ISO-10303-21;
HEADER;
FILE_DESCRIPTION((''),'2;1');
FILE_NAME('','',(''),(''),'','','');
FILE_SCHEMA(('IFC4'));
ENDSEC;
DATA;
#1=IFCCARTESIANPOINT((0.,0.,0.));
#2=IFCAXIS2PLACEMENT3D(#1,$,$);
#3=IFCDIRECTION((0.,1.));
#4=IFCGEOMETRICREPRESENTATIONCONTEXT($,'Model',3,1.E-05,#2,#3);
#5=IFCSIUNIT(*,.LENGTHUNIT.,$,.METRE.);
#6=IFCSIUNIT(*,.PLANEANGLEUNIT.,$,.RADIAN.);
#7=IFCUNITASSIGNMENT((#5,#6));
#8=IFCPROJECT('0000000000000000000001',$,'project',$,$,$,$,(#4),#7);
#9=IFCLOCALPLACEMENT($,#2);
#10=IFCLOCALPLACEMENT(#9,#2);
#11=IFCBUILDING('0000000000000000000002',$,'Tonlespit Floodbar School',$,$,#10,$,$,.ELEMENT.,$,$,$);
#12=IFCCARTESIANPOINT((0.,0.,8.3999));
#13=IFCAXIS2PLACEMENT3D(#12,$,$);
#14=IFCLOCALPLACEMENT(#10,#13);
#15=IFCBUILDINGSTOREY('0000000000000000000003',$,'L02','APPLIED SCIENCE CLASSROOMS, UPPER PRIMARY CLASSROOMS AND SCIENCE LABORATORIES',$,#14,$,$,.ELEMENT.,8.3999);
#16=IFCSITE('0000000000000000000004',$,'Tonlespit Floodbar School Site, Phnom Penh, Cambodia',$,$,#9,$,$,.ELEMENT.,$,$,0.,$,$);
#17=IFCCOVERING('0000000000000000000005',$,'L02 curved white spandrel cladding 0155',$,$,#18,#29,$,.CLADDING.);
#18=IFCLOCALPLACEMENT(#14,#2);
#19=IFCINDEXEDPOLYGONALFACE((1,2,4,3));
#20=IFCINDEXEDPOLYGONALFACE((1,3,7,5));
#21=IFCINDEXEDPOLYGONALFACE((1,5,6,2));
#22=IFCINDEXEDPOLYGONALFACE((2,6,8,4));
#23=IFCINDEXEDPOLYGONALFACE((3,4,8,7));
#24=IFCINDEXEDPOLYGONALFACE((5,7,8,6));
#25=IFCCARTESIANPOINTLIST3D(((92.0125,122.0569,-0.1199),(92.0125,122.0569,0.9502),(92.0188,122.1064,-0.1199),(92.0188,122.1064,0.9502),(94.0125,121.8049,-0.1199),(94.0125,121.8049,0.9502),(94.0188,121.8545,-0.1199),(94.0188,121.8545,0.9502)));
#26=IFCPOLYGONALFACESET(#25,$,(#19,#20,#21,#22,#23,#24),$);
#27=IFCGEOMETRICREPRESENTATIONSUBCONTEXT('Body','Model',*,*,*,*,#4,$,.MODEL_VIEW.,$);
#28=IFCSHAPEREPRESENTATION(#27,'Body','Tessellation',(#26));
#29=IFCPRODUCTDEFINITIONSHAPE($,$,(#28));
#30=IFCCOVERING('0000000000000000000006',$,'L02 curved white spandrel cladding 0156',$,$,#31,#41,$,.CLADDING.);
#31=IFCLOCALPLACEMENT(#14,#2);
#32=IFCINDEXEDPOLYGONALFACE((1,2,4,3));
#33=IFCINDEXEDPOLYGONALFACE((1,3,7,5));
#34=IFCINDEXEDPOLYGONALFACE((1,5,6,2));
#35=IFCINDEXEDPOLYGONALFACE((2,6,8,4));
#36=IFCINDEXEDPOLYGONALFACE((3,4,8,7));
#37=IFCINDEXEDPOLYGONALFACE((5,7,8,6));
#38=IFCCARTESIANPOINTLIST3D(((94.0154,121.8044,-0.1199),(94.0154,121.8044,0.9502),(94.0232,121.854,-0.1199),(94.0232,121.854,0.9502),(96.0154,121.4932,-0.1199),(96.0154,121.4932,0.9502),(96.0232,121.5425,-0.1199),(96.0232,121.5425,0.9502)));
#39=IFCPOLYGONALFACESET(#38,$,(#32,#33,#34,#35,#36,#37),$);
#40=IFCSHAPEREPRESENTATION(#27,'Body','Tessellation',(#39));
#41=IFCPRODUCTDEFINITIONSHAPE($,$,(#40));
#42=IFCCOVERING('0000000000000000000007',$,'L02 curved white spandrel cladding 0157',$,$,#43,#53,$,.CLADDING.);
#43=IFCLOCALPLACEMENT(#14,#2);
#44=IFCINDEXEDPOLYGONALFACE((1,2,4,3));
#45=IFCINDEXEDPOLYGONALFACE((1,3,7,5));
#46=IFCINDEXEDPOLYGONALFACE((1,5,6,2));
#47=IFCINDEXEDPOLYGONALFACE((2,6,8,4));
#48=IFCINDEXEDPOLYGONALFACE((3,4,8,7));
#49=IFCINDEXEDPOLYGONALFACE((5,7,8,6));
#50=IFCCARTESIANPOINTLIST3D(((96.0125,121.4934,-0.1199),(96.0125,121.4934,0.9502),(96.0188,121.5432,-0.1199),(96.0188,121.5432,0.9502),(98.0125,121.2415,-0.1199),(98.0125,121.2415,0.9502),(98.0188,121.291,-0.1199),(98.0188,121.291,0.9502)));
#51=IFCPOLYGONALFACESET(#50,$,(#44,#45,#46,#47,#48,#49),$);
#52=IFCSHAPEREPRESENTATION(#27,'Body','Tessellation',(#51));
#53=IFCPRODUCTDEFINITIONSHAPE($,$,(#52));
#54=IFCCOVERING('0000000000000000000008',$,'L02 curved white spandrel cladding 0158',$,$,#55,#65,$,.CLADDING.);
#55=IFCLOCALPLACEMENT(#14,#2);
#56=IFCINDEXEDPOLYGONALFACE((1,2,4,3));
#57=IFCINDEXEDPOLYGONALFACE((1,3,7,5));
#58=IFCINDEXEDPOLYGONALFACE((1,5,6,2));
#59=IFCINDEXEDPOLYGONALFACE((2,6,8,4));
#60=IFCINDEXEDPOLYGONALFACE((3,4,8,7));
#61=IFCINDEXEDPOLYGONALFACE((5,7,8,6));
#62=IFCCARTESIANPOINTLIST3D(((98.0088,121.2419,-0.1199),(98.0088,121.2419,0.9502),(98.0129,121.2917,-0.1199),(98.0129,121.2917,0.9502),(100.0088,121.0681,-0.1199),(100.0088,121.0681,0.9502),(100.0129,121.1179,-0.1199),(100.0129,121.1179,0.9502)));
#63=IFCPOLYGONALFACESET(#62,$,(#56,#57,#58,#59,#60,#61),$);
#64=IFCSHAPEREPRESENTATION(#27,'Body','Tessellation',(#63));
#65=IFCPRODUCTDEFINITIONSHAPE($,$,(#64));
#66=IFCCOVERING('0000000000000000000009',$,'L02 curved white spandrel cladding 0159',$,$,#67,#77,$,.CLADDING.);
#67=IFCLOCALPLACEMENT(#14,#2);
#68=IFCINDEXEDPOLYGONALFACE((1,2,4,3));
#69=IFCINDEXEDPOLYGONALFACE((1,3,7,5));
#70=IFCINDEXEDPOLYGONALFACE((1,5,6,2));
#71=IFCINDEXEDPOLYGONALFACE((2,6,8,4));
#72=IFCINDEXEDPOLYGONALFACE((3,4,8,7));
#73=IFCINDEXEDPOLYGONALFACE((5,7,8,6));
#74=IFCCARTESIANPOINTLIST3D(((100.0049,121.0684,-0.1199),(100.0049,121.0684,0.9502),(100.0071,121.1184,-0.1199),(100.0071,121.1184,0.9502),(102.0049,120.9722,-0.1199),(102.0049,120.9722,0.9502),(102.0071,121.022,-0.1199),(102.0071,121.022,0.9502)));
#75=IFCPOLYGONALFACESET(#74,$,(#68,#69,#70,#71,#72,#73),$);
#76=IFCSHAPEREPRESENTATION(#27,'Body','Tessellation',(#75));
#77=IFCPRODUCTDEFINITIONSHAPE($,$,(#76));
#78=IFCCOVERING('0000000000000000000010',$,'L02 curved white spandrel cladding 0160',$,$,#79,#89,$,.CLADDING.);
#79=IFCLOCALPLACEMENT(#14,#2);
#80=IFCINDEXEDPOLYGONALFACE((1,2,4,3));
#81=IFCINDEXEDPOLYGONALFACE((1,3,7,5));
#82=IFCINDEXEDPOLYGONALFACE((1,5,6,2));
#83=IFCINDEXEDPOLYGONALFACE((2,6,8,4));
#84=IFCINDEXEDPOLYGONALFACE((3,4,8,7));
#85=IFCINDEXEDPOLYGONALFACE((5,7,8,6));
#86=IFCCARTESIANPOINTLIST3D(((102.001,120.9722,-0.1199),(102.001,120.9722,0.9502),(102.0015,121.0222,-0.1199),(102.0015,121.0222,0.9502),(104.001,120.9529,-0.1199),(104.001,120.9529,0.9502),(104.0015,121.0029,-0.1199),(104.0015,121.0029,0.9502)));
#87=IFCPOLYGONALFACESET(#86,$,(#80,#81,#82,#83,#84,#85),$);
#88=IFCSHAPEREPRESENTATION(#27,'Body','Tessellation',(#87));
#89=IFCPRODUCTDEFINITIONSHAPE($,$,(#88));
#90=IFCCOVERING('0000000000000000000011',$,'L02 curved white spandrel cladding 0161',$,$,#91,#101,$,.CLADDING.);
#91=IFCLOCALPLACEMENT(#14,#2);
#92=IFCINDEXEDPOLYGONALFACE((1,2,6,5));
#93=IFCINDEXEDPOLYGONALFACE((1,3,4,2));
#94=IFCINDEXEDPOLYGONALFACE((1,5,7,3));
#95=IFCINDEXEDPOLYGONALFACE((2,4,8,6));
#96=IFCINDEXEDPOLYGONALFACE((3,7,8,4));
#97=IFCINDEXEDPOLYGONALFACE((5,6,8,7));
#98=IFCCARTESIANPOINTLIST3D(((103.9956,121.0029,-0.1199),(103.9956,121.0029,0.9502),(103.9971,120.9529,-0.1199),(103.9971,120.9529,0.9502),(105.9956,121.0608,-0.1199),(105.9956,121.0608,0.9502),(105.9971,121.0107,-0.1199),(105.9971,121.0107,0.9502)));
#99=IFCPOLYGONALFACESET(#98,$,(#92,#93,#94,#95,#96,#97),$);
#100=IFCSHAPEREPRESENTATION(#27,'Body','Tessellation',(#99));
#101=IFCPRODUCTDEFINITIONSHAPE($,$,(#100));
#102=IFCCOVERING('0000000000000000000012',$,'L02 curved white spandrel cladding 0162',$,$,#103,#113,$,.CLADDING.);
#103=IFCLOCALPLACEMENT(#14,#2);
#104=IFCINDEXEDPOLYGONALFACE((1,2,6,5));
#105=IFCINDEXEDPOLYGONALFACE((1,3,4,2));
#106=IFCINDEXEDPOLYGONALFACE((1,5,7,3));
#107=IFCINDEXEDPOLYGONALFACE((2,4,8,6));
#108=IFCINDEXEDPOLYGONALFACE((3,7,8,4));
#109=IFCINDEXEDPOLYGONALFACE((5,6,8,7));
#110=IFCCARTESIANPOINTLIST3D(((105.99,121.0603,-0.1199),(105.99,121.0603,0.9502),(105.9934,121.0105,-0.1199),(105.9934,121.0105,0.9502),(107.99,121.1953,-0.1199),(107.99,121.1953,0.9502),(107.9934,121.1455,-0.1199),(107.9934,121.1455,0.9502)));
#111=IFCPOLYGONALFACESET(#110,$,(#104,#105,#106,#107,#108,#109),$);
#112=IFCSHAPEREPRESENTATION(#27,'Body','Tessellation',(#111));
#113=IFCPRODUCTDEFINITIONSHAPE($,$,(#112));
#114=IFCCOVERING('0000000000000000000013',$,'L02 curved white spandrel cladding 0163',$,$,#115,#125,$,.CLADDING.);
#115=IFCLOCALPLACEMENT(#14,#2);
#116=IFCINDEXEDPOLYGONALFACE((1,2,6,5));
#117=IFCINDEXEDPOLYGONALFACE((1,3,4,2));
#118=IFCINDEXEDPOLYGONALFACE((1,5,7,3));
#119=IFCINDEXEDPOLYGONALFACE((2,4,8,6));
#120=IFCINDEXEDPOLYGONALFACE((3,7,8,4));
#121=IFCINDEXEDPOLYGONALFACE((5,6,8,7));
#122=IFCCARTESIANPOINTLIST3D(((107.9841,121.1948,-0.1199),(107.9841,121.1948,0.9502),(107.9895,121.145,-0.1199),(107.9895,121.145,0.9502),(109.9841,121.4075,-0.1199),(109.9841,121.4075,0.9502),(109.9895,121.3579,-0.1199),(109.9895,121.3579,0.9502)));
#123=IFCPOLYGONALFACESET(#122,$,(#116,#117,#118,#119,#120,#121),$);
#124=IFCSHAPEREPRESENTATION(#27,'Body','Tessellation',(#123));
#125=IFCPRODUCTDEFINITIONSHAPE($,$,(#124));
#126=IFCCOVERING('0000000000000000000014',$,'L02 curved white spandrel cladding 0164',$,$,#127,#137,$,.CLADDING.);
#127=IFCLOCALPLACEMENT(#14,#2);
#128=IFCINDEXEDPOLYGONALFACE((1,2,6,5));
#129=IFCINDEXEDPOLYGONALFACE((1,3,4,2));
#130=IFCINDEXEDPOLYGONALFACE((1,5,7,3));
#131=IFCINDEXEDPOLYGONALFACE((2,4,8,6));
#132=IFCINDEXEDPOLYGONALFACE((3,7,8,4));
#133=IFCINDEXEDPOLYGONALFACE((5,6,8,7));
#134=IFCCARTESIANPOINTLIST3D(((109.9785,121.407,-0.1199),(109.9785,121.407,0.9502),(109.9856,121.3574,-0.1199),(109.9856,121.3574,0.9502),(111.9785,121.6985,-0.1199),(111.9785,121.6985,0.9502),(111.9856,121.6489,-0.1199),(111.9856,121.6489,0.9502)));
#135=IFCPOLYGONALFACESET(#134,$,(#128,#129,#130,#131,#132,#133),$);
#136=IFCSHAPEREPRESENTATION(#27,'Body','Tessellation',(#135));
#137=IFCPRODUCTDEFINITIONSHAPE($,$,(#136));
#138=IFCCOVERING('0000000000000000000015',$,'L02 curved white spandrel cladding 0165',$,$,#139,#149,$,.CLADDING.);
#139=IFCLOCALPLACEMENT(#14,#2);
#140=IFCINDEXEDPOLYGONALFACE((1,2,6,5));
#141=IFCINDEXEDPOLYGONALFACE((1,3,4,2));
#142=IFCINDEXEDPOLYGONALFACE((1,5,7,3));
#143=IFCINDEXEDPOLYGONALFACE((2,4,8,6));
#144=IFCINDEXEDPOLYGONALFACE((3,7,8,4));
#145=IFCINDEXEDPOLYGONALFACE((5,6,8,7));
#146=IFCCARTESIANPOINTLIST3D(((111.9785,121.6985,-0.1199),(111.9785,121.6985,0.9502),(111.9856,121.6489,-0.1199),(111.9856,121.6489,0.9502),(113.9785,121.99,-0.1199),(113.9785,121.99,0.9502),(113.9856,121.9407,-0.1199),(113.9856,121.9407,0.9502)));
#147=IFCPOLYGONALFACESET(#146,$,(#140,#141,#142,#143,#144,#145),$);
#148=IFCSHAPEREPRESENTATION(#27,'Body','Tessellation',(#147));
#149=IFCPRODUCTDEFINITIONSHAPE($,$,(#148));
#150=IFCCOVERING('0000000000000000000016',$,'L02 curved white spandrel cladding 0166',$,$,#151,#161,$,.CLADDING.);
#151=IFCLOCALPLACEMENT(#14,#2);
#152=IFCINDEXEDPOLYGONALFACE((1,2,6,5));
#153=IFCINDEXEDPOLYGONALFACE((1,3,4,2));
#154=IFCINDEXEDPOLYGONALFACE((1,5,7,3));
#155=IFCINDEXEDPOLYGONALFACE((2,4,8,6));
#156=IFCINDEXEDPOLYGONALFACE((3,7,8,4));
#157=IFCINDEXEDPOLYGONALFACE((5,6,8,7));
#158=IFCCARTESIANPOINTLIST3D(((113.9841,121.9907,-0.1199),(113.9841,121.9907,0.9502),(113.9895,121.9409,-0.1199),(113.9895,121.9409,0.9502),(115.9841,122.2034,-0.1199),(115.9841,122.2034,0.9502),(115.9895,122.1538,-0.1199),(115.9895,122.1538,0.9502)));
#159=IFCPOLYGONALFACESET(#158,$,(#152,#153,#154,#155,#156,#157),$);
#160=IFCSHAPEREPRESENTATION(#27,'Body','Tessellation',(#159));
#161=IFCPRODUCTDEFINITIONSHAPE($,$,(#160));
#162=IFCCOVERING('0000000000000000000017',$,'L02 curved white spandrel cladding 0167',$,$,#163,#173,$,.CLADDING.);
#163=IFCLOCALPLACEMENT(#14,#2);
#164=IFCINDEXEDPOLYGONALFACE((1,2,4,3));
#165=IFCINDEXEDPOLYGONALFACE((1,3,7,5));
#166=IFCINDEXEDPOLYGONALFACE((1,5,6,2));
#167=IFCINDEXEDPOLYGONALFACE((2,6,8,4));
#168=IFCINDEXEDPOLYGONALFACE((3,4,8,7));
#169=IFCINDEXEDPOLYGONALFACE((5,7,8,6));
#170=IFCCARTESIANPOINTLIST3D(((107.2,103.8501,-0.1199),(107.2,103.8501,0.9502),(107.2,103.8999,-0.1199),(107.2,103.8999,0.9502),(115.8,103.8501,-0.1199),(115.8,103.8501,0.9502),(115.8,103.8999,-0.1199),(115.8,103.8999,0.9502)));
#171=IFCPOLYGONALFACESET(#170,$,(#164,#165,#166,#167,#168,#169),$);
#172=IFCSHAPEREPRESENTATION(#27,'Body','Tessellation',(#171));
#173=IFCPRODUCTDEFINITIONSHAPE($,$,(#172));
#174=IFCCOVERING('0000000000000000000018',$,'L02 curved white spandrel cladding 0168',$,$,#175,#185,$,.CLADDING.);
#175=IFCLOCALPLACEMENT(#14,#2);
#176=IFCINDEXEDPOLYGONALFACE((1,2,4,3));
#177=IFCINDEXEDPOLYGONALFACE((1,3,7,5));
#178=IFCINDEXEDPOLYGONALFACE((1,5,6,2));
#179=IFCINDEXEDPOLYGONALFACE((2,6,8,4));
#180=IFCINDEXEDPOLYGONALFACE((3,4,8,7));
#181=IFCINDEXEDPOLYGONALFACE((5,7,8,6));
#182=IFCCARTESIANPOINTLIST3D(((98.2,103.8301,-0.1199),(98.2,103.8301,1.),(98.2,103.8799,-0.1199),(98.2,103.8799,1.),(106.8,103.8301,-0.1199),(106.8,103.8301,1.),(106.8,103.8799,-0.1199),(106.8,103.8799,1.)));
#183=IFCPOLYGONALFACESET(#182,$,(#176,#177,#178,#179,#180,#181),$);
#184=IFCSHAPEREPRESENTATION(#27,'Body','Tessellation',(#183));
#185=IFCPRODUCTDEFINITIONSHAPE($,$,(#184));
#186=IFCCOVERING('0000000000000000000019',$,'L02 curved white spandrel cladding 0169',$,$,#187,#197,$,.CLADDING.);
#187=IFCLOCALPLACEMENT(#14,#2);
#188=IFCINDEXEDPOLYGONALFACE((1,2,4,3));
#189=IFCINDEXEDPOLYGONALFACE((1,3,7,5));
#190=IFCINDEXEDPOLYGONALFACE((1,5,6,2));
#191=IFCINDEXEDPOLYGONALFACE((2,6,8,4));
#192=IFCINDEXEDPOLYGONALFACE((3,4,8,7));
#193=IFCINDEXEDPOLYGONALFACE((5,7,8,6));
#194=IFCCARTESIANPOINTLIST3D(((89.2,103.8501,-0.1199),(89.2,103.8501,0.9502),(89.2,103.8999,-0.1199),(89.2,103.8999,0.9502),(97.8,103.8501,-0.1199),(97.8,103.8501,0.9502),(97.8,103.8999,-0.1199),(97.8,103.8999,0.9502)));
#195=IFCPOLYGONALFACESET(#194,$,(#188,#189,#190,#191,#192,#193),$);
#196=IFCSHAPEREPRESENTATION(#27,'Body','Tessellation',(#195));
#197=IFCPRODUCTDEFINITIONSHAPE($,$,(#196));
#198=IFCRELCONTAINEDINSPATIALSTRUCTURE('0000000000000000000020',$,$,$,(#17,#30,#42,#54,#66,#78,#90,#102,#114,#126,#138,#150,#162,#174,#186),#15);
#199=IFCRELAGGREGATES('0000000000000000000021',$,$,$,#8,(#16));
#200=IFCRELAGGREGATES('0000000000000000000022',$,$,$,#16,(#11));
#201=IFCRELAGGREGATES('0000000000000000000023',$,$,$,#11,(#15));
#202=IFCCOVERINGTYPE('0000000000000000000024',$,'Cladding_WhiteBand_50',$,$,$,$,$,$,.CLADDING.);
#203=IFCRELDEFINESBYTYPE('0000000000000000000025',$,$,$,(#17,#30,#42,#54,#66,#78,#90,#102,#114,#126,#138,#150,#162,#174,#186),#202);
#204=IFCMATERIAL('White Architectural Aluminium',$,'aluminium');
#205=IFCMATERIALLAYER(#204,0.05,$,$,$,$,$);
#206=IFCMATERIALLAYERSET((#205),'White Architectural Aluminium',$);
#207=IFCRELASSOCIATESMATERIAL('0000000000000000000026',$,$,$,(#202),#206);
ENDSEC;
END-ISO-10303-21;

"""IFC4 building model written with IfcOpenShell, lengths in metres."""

from ifc_helpers import new_model, si_unit, direction, frame, origin, place, context, subcontext, project, spatial, polyline, outline, extrude, material, layer, layer_set, type_object, element, save


model = new_model("IFC4")

# Units and contexts
model_context = context("Model", 3, precision=1e-05, world=origin(), true_north=direction((0.0, 1.0)))
body_context = subcontext(model_context, "Body", "Model", "MODEL_VIEW")
ifc_project = project(units=[si_unit("LENGTHUNIT", "METRE"), si_unit("PLANEANGLEUNIT", "RADIAN")], contexts=[model_context])

# Site, building, storey
site_placement = place(None, origin())
site = spatial("IfcSite", under=ifc_project, at=site_placement, Name="Tonlespit Floodbar School Site, Phnom Penh, Cambodia", CompositionType="ELEMENT", RefElevation=0.0)
building_placement = place(site_placement, origin())
building = spatial("IfcBuilding", under=site, at=building_placement, Name="Tonlespit Floodbar School", CompositionType="ELEMENT")
storey_placement = place(building_placement, frame((0.0, 0.0, 8.3999)))
storey = spatial("IfcBuildingStorey", under=building, at=storey_placement, Name="L02", Description="APPLIED SCIENCE CLASSROOMS, UPPER PRIMARY CLASSROOMS AND SCIENCE LABORATORIES", CompositionType="ELEMENT", Elevation=8.3999)

# Coverings
ifc_material = material(Name="White Architectural Aluminium", Category="aluminium")
ifc_layer = layer(ifc_material, 0.05)
ifc_layer_set = layer_set([ifc_layer], Name="White Architectural Aluminium")
covering_type = type_object("IfcCoveringType", Name="Cladding_WhiteBand_50", PredefinedType="CLADDING", material=ifc_layer_set)
covering_1_placement = place(storey_placement, frame((0.0, 0.0, -0.1199)))
element("IfcCovering", 1, at=covering_1_placement, inside=storey, type_object=covering_type, Name="L02 curved white spandrel cladding 0155", PredefinedType="CLADDING", context=body_context, shape_type="SweptSolid", body=[
    extrude(outline(polyline([(92.0125, 122.0569), (94.0125, 121.8049), (94.0188, 121.8545), (92.0188, 122.1064), (92.0125, 122.0569)])), origin(), (0.0, 0.0, 1.0), 1.0701),
])
covering_2_placement = place(storey_placement, frame((0.0, 0.0, -0.1199)))
element("IfcCovering", 2, at=covering_2_placement, inside=storey, type_object=covering_type, Name="L02 curved white spandrel cladding 0156", PredefinedType="CLADDING", context=body_context, shape_type="SweptSolid", body=[
    extrude(outline(polyline([(94.0154, 121.8044), (96.0154, 121.4932), (96.0232, 121.5425), (94.0232, 121.854), (94.0154, 121.8044)])), origin(), (0.0, 0.0, 1.0), 1.0701),
])
covering_3_placement = place(storey_placement, frame((0.0, 0.0, -0.1199)))
element("IfcCovering", 3, at=covering_3_placement, inside=storey, type_object=covering_type, Name="L02 curved white spandrel cladding 0157", PredefinedType="CLADDING", context=body_context, shape_type="SweptSolid", body=[
    extrude(outline(polyline([(96.0125, 121.4934), (98.0125, 121.2415), (98.0188, 121.291), (96.0188, 121.5432), (96.0125, 121.4934)])), origin(), (0.0, 0.0, 1.0), 1.0701),
])
covering_4_placement = place(storey_placement, frame((0.0, 0.0, -0.1199)))
element("IfcCovering", 4, at=covering_4_placement, inside=storey, type_object=covering_type, Name="L02 curved white spandrel cladding 0158", PredefinedType="CLADDING", context=body_context, shape_type="SweptSolid", body=[
    extrude(outline(polyline([(98.0088, 121.2419), (100.0088, 121.0681), (100.0129, 121.1179), (98.0129, 121.2917), (98.0088, 121.2419)])), origin(), (0.0, 0.0, 1.0), 1.0701),
])
covering_5_placement = place(storey_placement, frame((0.0, 0.0, -0.1199)))
element("IfcCovering", 5, at=covering_5_placement, inside=storey, type_object=covering_type, Name="L02 curved white spandrel cladding 0159", PredefinedType="CLADDING", context=body_context, shape_type="SweptSolid", body=[
    extrude(outline(polyline([(100.0049, 121.0684), (102.0049, 120.9722), (102.0071, 121.022), (100.0071, 121.1184), (100.0049, 121.0684)])), origin(), (0.0, 0.0, 1.0), 1.0701),
])
covering_6_placement = place(storey_placement, frame((0.0, 0.0, -0.1199)))
element("IfcCovering", 6, at=covering_6_placement, inside=storey, type_object=covering_type, Name="L02 curved white spandrel cladding 0160", PredefinedType="CLADDING", context=body_context, shape_type="SweptSolid", body=[
    extrude(outline(polyline([(102.001, 120.9722), (104.001, 120.9529), (104.0015, 121.0029), (102.0015, 121.0222), (102.001, 120.9722)])), origin(), (0.0, 0.0, 1.0), 1.0701),
])
covering_7_placement = place(storey_placement, frame((0.0, 0.0, -0.1199)))
element("IfcCovering", 7, at=covering_7_placement, inside=storey, type_object=covering_type, Name="L02 curved white spandrel cladding 0161", PredefinedType="CLADDING", context=body_context, shape_type="SweptSolid", body=[
    extrude(outline(polyline([(103.9971, 120.9529), (105.9971, 121.0107), (105.9956, 121.0608), (103.9956, 121.0029), (103.9971, 120.9529)])), origin(), (0.0, 0.0, 1.0), 1.0701),
])
covering_8_placement = place(storey_placement, frame((0.0, 0.0, -0.1199)))
element("IfcCovering", 8, at=covering_8_placement, inside=storey, type_object=covering_type, Name="L02 curved white spandrel cladding 0162", PredefinedType="CLADDING", context=body_context, shape_type="SweptSolid", body=[
    extrude(outline(polyline([(105.9934, 121.0105), (107.9934, 121.1455), (107.99, 121.1953), (105.99, 121.0603), (105.9934, 121.0105)])), origin(), (0.0, 0.0, 1.0), 1.0701),
])
covering_9_placement = place(storey_placement, frame((0.0, 0.0, -0.1199)))
element("IfcCovering", 9, at=covering_9_placement, inside=storey, type_object=covering_type, Name="L02 curved white spandrel cladding 0163", PredefinedType="CLADDING", context=body_context, shape_type="SweptSolid", body=[
    extrude(outline(polyline([(107.9895, 121.145), (109.9895, 121.3579), (109.9841, 121.4075), (107.9841, 121.1948), (107.9895, 121.145)])), origin(), (0.0, 0.0, 1.0), 1.0701),
])
covering_10_placement = place(storey_placement, frame((0.0, 0.0, -0.1199)))
element("IfcCovering", 10, at=covering_10_placement, inside=storey, type_object=covering_type, Name="L02 curved white spandrel cladding 0164", PredefinedType="CLADDING", context=body_context, shape_type="SweptSolid", body=[
    extrude(outline(polyline([(109.9856, 121.3574), (111.9856, 121.6489), (111.9785, 121.6985), (109.9785, 121.407), (109.9856, 121.3574)])), origin(), (0.0, 0.0, 1.0), 1.0701),
])
covering_11_placement = place(storey_placement, frame((0.0, 0.0, -0.1199)))
element("IfcCovering", 11, at=covering_11_placement, inside=storey, type_object=covering_type, Name="L02 curved white spandrel cladding 0165", PredefinedType="CLADDING", context=body_context, shape_type="SweptSolid", body=[
    extrude(outline(polyline([(111.9856, 121.6489), (113.9856, 121.9407), (113.9785, 121.99), (111.9785, 121.6985), (111.9856, 121.6489)])), origin(), (0.0, 0.0, 1.0), 1.0701),
])
covering_12_placement = place(storey_placement, frame((0.0, 0.0, -0.1199)))
element("IfcCovering", 12, at=covering_12_placement, inside=storey, type_object=covering_type, Name="L02 curved white spandrel cladding 0166", PredefinedType="CLADDING", context=body_context, shape_type="SweptSolid", body=[
    extrude(outline(polyline([(113.9895, 121.9409), (115.9895, 122.1538), (115.9841, 122.2034), (113.9841, 121.9907), (113.9895, 121.9409)])), origin(), (0.0, 0.0, 1.0), 1.0701),
])
covering_13_placement = place(storey_placement, frame((0.0, 0.0, -0.1199)))
element("IfcCovering", 13, at=covering_13_placement, inside=storey, type_object=covering_type, Name="L02 curved white spandrel cladding 0167", PredefinedType="CLADDING", context=body_context, shape_type="SweptSolid", body=[
    extrude(outline(polyline([(115.8, 103.8999), (107.2, 103.8999), (107.2, 103.8501), (115.8, 103.8501), (115.8, 103.8999)])), origin(), (0.0, 0.0, 1.0), 1.0701),
])
covering_14_placement = place(storey_placement, frame((0.0, 0.0, -0.1199)))
element("IfcCovering", 14, at=covering_14_placement, inside=storey, type_object=covering_type, Name="L02 curved white spandrel cladding 0168", PredefinedType="CLADDING", context=body_context, shape_type="SweptSolid", body=[
    extrude(outline(polyline([(106.8, 103.8799), (98.2, 103.8799), (98.2, 103.8301), (106.8, 103.8301), (106.8, 103.8799)])), origin(), (0.0, 0.0, 1.0), 1.1199),
])
covering_15_placement = place(storey_placement, frame((0.0, 0.0, -0.1199)))
element("IfcCovering", 15, at=covering_15_placement, inside=storey, type_object=covering_type, Name="L02 curved white spandrel cladding 0169", PredefinedType="CLADDING", context=body_context, shape_type="SweptSolid", body=[
    extrude(outline(polyline([(97.8, 103.8999), (89.2, 103.8999), (89.2, 103.8501), (97.8, 103.8501), (97.8, 103.8999)])), origin(), (0.0, 0.0, 1.0), 1.0701),
])

save(model, "model.ifc")
